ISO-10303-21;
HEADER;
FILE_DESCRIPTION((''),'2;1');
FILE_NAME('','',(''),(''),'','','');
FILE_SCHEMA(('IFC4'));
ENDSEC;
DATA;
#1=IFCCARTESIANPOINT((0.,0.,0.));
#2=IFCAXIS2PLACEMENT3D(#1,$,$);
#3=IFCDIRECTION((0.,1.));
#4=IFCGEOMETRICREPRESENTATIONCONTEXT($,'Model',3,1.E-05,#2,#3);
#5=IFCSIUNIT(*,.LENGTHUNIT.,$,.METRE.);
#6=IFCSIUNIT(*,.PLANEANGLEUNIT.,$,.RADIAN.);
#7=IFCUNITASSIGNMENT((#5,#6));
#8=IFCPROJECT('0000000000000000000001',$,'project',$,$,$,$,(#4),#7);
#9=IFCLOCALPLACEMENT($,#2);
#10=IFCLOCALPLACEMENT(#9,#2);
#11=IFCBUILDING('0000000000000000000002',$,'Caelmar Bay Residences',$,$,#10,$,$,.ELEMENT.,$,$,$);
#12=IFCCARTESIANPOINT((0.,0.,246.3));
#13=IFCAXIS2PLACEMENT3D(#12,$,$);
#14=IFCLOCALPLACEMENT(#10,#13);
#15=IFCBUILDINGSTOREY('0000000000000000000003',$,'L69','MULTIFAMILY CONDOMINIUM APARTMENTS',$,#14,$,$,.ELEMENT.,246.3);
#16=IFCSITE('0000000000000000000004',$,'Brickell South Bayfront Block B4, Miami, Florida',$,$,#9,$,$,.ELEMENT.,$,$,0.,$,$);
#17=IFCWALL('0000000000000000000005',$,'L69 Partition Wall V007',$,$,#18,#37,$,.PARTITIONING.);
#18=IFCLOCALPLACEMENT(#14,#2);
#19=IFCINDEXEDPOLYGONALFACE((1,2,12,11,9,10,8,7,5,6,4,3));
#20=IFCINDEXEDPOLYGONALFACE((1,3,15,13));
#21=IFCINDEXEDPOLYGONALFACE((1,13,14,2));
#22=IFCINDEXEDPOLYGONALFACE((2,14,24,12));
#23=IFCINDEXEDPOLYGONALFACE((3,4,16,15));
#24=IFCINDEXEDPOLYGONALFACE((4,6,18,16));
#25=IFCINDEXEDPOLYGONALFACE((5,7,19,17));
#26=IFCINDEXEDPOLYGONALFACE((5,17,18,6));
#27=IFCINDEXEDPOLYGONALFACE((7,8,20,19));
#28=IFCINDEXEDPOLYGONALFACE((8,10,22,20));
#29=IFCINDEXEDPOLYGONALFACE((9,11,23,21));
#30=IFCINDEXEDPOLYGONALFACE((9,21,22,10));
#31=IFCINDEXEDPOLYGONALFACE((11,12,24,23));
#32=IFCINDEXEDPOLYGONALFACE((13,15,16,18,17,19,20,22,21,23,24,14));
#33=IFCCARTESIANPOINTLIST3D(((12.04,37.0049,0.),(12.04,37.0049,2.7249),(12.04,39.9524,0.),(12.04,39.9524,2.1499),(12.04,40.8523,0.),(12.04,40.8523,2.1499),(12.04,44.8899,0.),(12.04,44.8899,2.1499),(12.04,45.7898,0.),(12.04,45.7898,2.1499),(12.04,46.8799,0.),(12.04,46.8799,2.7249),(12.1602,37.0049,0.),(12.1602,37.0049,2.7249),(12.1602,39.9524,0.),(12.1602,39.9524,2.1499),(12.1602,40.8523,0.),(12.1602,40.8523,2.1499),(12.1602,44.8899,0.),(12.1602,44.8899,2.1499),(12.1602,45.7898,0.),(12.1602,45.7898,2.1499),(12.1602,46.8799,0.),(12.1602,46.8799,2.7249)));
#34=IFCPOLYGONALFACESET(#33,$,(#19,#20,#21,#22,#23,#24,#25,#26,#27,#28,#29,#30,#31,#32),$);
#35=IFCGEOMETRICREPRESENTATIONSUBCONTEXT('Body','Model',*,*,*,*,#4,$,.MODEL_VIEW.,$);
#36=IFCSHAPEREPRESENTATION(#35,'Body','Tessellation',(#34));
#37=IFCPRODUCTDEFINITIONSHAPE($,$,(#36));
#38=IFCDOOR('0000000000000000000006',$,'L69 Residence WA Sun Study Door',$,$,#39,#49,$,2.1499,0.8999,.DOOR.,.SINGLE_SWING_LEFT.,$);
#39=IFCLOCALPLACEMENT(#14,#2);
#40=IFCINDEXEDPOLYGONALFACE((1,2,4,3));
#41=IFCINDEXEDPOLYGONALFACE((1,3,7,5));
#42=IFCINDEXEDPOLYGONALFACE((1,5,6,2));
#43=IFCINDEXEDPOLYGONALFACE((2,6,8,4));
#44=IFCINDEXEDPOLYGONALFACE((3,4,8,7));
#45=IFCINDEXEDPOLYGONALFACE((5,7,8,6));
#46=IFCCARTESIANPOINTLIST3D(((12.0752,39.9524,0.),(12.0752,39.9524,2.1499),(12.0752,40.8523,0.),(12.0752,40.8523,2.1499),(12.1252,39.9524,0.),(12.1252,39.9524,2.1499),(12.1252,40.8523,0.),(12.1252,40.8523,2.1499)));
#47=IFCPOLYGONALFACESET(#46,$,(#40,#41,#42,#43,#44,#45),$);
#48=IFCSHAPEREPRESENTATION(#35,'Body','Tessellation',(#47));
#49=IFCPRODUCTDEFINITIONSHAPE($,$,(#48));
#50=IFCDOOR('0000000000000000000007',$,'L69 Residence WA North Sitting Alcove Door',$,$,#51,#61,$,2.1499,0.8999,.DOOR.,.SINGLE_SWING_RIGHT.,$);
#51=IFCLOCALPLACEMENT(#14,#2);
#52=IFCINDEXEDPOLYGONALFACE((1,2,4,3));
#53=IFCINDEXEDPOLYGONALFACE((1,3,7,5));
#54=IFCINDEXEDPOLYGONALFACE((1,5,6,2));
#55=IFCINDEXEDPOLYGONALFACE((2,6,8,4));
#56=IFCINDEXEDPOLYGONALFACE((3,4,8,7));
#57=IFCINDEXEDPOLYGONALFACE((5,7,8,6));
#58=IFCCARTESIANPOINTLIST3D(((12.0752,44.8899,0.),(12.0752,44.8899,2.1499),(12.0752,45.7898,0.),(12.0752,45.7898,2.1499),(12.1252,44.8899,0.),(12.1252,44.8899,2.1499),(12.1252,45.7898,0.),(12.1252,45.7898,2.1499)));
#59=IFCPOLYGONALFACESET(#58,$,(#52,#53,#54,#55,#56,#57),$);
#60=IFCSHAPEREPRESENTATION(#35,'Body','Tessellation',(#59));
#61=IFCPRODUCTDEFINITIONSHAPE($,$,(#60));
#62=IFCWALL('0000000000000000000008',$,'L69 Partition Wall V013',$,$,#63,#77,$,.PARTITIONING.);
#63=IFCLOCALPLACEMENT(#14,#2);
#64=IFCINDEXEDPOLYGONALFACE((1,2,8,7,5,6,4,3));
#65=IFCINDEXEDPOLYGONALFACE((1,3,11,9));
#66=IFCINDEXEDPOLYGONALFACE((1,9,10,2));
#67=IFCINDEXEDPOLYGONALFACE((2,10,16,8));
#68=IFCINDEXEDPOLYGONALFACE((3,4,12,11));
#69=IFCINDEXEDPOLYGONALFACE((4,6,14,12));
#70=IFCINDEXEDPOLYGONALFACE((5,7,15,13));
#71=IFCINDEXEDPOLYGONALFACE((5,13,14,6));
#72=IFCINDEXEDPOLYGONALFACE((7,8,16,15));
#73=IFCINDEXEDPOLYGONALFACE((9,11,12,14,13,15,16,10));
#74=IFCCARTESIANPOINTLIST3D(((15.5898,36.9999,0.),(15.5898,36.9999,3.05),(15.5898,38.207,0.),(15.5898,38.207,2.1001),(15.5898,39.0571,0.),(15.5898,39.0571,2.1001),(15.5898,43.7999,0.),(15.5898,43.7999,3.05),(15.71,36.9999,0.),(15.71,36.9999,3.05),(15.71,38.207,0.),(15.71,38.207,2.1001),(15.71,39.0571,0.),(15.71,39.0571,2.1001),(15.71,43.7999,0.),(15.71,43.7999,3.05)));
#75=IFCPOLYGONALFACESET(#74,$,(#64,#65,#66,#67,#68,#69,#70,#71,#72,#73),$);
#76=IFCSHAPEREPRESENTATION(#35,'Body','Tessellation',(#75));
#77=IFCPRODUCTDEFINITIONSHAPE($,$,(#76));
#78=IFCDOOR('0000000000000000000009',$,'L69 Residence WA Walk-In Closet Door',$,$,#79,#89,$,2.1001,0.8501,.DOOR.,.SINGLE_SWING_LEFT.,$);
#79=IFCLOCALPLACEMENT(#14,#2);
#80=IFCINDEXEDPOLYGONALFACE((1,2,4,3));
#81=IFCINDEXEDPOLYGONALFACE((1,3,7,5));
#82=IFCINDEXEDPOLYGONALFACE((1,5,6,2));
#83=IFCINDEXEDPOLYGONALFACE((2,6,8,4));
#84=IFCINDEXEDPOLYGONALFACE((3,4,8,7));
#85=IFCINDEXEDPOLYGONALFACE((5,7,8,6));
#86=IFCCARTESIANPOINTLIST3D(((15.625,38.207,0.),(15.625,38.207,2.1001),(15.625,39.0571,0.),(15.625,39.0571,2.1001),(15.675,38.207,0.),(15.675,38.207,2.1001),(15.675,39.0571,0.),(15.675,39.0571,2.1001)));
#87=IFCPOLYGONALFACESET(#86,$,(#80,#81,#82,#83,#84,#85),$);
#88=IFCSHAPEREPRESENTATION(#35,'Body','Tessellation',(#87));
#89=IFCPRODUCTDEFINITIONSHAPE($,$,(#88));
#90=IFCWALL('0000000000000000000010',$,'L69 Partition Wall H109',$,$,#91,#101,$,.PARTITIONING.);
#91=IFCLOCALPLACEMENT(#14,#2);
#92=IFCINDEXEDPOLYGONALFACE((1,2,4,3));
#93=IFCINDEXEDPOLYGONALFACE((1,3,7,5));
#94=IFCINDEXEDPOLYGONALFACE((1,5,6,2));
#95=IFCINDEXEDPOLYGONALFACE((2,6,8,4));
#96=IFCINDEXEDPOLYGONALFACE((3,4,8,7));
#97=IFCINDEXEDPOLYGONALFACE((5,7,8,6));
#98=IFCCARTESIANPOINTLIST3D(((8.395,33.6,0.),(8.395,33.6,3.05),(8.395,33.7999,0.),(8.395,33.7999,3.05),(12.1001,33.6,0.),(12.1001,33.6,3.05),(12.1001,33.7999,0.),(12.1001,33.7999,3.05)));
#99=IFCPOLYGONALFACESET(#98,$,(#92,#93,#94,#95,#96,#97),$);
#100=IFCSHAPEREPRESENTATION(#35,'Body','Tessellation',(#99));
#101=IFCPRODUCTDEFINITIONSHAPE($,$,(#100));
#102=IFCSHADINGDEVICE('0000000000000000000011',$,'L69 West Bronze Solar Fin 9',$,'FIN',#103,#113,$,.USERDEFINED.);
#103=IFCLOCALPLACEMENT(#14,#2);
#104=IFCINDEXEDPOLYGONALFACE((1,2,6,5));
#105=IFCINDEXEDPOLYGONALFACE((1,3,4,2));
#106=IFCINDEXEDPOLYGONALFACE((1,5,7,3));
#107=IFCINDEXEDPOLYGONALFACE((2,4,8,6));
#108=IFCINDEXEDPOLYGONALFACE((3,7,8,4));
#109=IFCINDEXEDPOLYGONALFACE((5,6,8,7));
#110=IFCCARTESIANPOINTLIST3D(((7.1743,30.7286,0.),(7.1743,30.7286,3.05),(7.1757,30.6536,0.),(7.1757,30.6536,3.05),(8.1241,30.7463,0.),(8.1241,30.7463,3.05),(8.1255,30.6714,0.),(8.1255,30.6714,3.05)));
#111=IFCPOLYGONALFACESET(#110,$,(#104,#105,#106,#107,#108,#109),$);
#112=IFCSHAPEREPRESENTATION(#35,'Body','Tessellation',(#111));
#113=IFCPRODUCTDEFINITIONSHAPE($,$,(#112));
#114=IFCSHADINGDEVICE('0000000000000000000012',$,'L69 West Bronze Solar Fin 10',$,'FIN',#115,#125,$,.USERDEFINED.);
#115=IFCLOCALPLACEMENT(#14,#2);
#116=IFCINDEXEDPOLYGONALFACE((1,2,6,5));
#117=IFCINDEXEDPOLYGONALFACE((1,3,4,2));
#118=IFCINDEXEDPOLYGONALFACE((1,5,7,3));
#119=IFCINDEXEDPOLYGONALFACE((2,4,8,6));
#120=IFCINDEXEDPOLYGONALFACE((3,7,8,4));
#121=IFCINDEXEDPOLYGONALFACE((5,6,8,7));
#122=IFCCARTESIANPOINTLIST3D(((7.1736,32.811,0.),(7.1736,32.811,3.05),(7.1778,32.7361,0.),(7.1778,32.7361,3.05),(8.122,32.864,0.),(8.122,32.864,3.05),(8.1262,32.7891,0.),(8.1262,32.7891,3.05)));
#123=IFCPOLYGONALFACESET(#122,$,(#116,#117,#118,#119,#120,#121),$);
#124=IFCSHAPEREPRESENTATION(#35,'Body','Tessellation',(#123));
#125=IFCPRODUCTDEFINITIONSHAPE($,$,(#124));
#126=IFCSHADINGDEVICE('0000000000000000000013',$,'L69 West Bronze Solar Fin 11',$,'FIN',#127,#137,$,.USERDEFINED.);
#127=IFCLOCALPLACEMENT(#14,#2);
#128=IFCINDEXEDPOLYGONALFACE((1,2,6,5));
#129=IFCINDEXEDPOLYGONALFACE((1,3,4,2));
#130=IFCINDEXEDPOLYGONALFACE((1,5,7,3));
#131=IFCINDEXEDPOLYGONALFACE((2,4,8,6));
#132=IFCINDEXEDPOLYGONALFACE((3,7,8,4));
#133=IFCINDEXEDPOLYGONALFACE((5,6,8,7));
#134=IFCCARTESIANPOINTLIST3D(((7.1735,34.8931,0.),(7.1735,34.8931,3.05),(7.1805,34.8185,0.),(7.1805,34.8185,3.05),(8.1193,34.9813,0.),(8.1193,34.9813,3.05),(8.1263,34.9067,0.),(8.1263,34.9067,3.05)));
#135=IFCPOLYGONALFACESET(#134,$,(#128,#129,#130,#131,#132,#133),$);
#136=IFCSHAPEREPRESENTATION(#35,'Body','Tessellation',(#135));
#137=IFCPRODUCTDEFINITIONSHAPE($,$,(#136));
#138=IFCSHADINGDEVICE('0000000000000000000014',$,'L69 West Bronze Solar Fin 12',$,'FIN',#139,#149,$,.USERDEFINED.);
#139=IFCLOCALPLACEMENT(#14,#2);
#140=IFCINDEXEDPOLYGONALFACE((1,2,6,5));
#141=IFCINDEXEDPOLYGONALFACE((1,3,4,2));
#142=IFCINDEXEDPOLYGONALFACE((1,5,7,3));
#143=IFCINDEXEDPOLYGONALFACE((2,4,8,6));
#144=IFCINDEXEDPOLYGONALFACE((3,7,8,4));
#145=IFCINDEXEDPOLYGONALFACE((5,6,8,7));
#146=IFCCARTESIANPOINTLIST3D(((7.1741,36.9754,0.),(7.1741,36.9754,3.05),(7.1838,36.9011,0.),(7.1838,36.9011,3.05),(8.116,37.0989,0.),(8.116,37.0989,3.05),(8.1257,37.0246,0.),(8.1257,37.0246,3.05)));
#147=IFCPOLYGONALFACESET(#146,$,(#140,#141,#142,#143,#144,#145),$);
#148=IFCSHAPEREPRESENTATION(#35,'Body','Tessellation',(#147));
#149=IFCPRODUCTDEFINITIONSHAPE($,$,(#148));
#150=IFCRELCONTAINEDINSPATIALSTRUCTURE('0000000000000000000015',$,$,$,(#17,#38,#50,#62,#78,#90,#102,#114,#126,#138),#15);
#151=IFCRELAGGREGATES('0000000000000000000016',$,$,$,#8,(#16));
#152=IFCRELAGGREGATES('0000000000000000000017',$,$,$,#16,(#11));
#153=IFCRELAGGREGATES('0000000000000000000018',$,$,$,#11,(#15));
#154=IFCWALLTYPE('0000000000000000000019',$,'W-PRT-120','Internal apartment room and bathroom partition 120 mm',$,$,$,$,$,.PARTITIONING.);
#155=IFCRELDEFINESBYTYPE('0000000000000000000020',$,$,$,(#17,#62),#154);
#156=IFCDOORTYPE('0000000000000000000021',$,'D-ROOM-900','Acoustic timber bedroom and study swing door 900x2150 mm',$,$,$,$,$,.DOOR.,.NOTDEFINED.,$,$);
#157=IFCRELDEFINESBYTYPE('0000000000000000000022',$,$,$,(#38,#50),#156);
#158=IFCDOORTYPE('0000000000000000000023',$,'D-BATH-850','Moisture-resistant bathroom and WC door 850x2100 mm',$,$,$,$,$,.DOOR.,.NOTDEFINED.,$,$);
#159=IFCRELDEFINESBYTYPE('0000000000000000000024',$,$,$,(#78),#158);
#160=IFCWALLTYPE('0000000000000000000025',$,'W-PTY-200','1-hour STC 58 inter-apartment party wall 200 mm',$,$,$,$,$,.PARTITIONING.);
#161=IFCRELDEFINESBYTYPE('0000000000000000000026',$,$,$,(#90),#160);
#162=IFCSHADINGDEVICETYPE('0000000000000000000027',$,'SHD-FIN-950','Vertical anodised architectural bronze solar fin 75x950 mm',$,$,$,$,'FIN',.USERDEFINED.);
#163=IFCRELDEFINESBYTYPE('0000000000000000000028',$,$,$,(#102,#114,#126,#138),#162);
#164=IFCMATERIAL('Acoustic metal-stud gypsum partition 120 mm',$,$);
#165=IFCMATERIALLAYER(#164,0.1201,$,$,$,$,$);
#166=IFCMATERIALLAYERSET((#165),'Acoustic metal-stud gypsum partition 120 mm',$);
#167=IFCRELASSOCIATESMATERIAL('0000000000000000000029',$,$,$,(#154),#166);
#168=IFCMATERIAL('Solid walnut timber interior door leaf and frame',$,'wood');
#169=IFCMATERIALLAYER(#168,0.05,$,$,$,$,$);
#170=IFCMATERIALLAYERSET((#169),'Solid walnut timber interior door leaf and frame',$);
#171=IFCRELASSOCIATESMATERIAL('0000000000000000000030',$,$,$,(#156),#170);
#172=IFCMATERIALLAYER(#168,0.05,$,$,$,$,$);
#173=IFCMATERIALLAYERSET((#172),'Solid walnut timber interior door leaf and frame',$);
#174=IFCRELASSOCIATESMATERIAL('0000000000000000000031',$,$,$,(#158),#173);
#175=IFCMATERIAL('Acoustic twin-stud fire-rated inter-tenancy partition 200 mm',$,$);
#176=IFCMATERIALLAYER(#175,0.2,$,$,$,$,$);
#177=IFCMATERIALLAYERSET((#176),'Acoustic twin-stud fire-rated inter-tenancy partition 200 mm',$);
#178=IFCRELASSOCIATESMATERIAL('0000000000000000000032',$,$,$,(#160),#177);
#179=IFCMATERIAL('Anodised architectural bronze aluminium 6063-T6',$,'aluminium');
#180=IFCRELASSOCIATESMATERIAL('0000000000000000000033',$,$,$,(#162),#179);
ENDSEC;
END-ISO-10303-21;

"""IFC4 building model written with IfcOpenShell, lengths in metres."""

from ifc_helpers import new_model, si_unit, direction, frame, frame_2d, origin, origin_2d, place, context, subcontext, project, spatial, rectangle, extrude, material, layer, layer_set, material_profile, profile_set, type_object, element, fill, save


model = new_model("IFC4")

# Units and contexts
model_context = context("Model", 3, precision=1e-05, world=origin(), true_north=direction((0.0, 1.0)))
body_context = subcontext(model_context, "Body", "Model", "MODEL_VIEW")
ifc_project = project(units=[si_unit("LENGTHUNIT", "METRE"), si_unit("PLANEANGLEUNIT", "RADIAN")], contexts=[model_context])

# Site, building, storey
site_placement = place(None, origin())
site = spatial("IfcSite", under=ifc_project, at=site_placement, Name="Brickell South Bayfront Block B4, Miami, Florida", CompositionType="ELEMENT", RefElevation=0.0)
building_placement = place(site_placement, origin())
building = spatial("IfcBuilding", under=site, at=building_placement, Name="Caelmar Bay Residences", CompositionType="ELEMENT")
storey_placement = place(building_placement, frame((0.0, 0.0, 246.3)))
storey = spatial("IfcBuildingStorey", under=building, at=storey_placement, Name="L69", Description="MULTIFAMILY CONDOMINIUM APARTMENTS", CompositionType="ELEMENT", Elevation=246.3)

# Wall, openings, doors
ifc_material_1 = material(Name="Acoustic metal-stud gypsum partition 120 mm")
ifc_layer_1 = layer(ifc_material_1, 0.1201)
ifc_layer_set_1 = layer_set([ifc_layer_1], Name="Acoustic metal-stud gypsum partition 120 mm")
wall_type_1 = type_object("IfcWallType", Name="W-PRT-120", Description="Internal apartment room and bathroom partition 120 mm", PredefinedType="PARTITIONING", material=ifc_layer_set_1)
wall_1_placement = place(storey_placement, frame((12.1001, 37.0049, 0.0), z_axis=(0.0, 0.0, 1.0), x_axis=(0.0, 1.0, 0.0)))
wall_1 = element("IfcWall", 1, at=wall_1_placement, inside=storey, type_object=wall_type_1, Name="L69 Partition Wall V007", PredefinedType="PARTITIONING", context=body_context, shape_type="SweptSolid", body=[
    extrude(rectangle(XDim=9.875, YDim=0.1201, at=frame_2d((4.9375, 0.0))), origin(), (0.0, 0.0, 1.0), 2.7249),
])
opening_1_placement = place(wall_1_placement, frame((2.9475, 0.0, 0.0)))
opening_1 = element("IfcOpeningElement", 2, at=opening_1_placement, cuts=wall_1, PredefinedType="OPENING", context=body_context, shape_type="SweptSolid", body=[
    extrude(rectangle(XDim=0.8999, YDim=2.1499, at=frame_2d((0.45, 1.075))), frame((0.0, 0.0701, 0.0), z_axis=(0.0, -1.0, 0.0), x_axis=(1.0, 0.0, 0.0)), (0.0, 0.0, 1.0), 0.1401),
])
opening_2_placement = place(wall_1_placement, frame((7.885, 0.0, 0.0)))
opening_2 = element("IfcOpeningElement", 3, at=opening_2_placement, cuts=wall_1, PredefinedType="OPENING", context=body_context, shape_type="SweptSolid", body=[
    extrude(rectangle(XDim=0.8999, YDim=2.1499, at=frame_2d((0.45, 1.075))), frame((0.0, 0.0701, 0.0), z_axis=(0.0, -1.0, 0.0), x_axis=(1.0, 0.0, 0.0)), (0.0, 0.0, 1.0), 0.1401),
])
ifc_material_2 = material(Name="Solid walnut timber interior door leaf and frame", Category="wood")
ifc_layer_2 = layer(ifc_material_2, 0.05)
ifc_layer_set_2 = layer_set([ifc_layer_2], Name="Solid walnut timber interior door leaf and frame")
door_type_1 = type_object("IfcDoorType", Name="D-ROOM-900", Description="Acoustic timber bedroom and study swing door 900x2150 mm", OperationType="NOTDEFINED", PredefinedType="DOOR", material=ifc_layer_set_2)
door_1_placement = place(opening_1_placement, origin())
door_1 = element("IfcDoor", 4, at=door_1_placement, inside=storey, type_object=door_type_1, Name="L69 Residence WA Sun Study Door", OperationType="SINGLE_SWING_LEFT", OverallHeight=2.1499, OverallWidth=0.8999, PredefinedType="DOOR", context=body_context, shape_type="SweptSolid", body=[
    extrude(rectangle(XDim=0.8999, YDim=2.1499, at=frame_2d((0.45, 1.075))), frame((0.0, 0.0249, 0.0), z_axis=(0.0, -1.0, 0.0), x_axis=(1.0, 0.0, 0.0)), (0.0, 0.0, 1.0), 0.05),
])
fill(opening_1, door_1)
door_2_placement = place(opening_2_placement, origin())
door_2 = element("IfcDoor", 5, at=door_2_placement, inside=storey, type_object=door_type_1, Name="L69 Residence WA North Sitting Alcove Door", OperationType="SINGLE_SWING_RIGHT", OverallHeight=2.1499, OverallWidth=0.8999, PredefinedType="DOOR", context=body_context, shape_type="SweptSolid", body=[
    extrude(rectangle(XDim=0.8999, YDim=2.1499, at=frame_2d((0.45, 1.075))), frame((0.0, 0.0249, 0.0), z_axis=(0.0, -1.0, 0.0), x_axis=(1.0, 0.0, 0.0)), (0.0, 0.0, 1.0), 0.05),
])
fill(opening_2, door_2)

# Wall, opening, door
wall_2_placement = place(storey_placement, frame((15.6499, 37.0, 0.0), z_axis=(0.0, 0.0, 1.0), x_axis=(0.0, 1.0, 0.0)))
wall_2 = element("IfcWall", 6, at=wall_2_placement, inside=storey, type_object=wall_type_1, Name="L69 Partition Wall V013", PredefinedType="PARTITIONING", context=body_context, shape_type="SweptSolid", body=[
    extrude(rectangle(XDim=6.8, YDim=0.1201, at=frame_2d((3.3999, 0.0))), origin(), (0.0, 0.0, 1.0), 3.05),
])
opening_3_placement = place(wall_2_placement, frame((1.207, 0.0, 0.0)))
opening_3 = element("IfcOpeningElement", 7, at=opening_3_placement, cuts=wall_2, PredefinedType="OPENING", context=body_context, shape_type="SweptSolid", body=[
    extrude(rectangle(XDim=0.8501, YDim=2.1001, at=frame_2d((0.425, 1.05))), frame((0.0, 0.0701, 0.0), z_axis=(0.0, -1.0, 0.0), x_axis=(1.0, 0.0, 0.0)), (0.0, 0.0, 1.0), 0.1401),
])
ifc_layer_3 = layer(ifc_material_2, 0.05)
ifc_layer_set_3 = layer_set([ifc_layer_3], Name="Solid walnut timber interior door leaf and frame")
door_type_2 = type_object("IfcDoorType", Name="D-BATH-850", Description="Moisture-resistant bathroom and WC door 850x2100 mm", OperationType="NOTDEFINED", PredefinedType="DOOR", material=ifc_layer_set_3)
door_3_placement = place(opening_3_placement, origin())
door_3 = element("IfcDoor", 8, at=door_3_placement, inside=storey, type_object=door_type_2, Name="L69 Residence WA Walk-In Closet Door", OperationType="SINGLE_SWING_LEFT", OverallHeight=2.1001, OverallWidth=0.8501, PredefinedType="DOOR", context=body_context, shape_type="SweptSolid", body=[
    extrude(rectangle(XDim=0.8501, YDim=2.1001, at=frame_2d((0.425, 1.05))), frame((0.0, 0.0249, 0.0), z_axis=(0.0, -1.0, 0.0), x_axis=(1.0, 0.0, 0.0)), (0.0, 0.0, 1.0), 0.05),
])
fill(opening_3, door_3)

# Wall
ifc_material_3 = material(Name="Acoustic twin-stud fire-rated inter-tenancy partition 200 mm")
ifc_layer_4 = layer(ifc_material_3, 0.2)
ifc_layer_set_4 = layer_set([ifc_layer_4], Name="Acoustic twin-stud fire-rated inter-tenancy partition 200 mm")
wall_type_2 = type_object("IfcWallType", Name="W-PTY-200", Description="1-hour STC 58 inter-apartment party wall 200 mm", PredefinedType="PARTITIONING", material=ifc_layer_set_4)
wall_3_placement = place(storey_placement, frame((8.395, 33.7, 0.0), z_axis=(0.0, 0.0, 1.0), x_axis=(1.0, 0.0, 0.0)))
element("IfcWall", 9, at=wall_3_placement, inside=storey, type_object=wall_type_2, Name="L69 Partition Wall H109", PredefinedType="PARTITIONING", context=body_context, shape_type="SweptSolid", body=[
    extrude(rectangle(XDim=3.7051, YDim=0.2, at=frame_2d((1.8525, 0.0))), origin(), (0.0, 0.0, 1.0), 3.05),
])

# Shading devices
ifc_material_4 = material(Name="Anodised architectural bronze aluminium 6063-T6", Category="aluminium")
ifc_material_profile = material_profile(ifc_material_4, rectangle(XDim=0.075, YDim=0.95, at=origin_2d()), Name="BRONZE-FIN-75X950")
ifc_profile_set = profile_set([ifc_material_profile], Name="Anodised architectural bronze aluminium 6063-T6")
shading_device_type = type_object("IfcShadingDeviceType", Name="SHD-FIN-950", Description="Vertical anodised architectural bronze solar fin 75x950 mm", ElementType="FIN", PredefinedType="USERDEFINED", material=ifc_profile_set)
for number, where, z_axis, x_axis, name in (
    (10, (7.6499, 30.7, 0.0), (0.0, 0.0, 1.0), (-0.018674, 0.999826, 0.0), "L69 West Bronze Solar Fin 9"),
    (11, (7.6499, 32.8, 0.0), (0.0, 0.0, 1.0), (-0.055822, 0.998441, 0.0), "L69 West Bronze Solar Fin 10"),
    (12, (7.6499, 34.8999, 0.0), (0.0, 0.0, 1.0), (-0.092892, 0.995676, 0.0), "L69 West Bronze Solar Fin 11"),
    (13, (7.6499, 37.0, 0.0), (0.0, 0.0, 1.0), (-0.130007, 0.991513, 0.0), "L69 West Bronze Solar Fin 12"),
):
    element("IfcShadingDevice", number, at=place(storey_placement, frame(where, z_axis=z_axis, x_axis=x_axis)), inside=storey, type_object=shading_device_type, Name=name, ObjectType="FIN", PredefinedType="USERDEFINED", context=body_context, shape_type="SweptSolid", body=[
        extrude(rectangle(XDim=0.075, YDim=0.95, at=origin_2d()), origin(), (0.0, 0.0, 1.0), 3.05),
    ])

save(model, "model.ifc")
